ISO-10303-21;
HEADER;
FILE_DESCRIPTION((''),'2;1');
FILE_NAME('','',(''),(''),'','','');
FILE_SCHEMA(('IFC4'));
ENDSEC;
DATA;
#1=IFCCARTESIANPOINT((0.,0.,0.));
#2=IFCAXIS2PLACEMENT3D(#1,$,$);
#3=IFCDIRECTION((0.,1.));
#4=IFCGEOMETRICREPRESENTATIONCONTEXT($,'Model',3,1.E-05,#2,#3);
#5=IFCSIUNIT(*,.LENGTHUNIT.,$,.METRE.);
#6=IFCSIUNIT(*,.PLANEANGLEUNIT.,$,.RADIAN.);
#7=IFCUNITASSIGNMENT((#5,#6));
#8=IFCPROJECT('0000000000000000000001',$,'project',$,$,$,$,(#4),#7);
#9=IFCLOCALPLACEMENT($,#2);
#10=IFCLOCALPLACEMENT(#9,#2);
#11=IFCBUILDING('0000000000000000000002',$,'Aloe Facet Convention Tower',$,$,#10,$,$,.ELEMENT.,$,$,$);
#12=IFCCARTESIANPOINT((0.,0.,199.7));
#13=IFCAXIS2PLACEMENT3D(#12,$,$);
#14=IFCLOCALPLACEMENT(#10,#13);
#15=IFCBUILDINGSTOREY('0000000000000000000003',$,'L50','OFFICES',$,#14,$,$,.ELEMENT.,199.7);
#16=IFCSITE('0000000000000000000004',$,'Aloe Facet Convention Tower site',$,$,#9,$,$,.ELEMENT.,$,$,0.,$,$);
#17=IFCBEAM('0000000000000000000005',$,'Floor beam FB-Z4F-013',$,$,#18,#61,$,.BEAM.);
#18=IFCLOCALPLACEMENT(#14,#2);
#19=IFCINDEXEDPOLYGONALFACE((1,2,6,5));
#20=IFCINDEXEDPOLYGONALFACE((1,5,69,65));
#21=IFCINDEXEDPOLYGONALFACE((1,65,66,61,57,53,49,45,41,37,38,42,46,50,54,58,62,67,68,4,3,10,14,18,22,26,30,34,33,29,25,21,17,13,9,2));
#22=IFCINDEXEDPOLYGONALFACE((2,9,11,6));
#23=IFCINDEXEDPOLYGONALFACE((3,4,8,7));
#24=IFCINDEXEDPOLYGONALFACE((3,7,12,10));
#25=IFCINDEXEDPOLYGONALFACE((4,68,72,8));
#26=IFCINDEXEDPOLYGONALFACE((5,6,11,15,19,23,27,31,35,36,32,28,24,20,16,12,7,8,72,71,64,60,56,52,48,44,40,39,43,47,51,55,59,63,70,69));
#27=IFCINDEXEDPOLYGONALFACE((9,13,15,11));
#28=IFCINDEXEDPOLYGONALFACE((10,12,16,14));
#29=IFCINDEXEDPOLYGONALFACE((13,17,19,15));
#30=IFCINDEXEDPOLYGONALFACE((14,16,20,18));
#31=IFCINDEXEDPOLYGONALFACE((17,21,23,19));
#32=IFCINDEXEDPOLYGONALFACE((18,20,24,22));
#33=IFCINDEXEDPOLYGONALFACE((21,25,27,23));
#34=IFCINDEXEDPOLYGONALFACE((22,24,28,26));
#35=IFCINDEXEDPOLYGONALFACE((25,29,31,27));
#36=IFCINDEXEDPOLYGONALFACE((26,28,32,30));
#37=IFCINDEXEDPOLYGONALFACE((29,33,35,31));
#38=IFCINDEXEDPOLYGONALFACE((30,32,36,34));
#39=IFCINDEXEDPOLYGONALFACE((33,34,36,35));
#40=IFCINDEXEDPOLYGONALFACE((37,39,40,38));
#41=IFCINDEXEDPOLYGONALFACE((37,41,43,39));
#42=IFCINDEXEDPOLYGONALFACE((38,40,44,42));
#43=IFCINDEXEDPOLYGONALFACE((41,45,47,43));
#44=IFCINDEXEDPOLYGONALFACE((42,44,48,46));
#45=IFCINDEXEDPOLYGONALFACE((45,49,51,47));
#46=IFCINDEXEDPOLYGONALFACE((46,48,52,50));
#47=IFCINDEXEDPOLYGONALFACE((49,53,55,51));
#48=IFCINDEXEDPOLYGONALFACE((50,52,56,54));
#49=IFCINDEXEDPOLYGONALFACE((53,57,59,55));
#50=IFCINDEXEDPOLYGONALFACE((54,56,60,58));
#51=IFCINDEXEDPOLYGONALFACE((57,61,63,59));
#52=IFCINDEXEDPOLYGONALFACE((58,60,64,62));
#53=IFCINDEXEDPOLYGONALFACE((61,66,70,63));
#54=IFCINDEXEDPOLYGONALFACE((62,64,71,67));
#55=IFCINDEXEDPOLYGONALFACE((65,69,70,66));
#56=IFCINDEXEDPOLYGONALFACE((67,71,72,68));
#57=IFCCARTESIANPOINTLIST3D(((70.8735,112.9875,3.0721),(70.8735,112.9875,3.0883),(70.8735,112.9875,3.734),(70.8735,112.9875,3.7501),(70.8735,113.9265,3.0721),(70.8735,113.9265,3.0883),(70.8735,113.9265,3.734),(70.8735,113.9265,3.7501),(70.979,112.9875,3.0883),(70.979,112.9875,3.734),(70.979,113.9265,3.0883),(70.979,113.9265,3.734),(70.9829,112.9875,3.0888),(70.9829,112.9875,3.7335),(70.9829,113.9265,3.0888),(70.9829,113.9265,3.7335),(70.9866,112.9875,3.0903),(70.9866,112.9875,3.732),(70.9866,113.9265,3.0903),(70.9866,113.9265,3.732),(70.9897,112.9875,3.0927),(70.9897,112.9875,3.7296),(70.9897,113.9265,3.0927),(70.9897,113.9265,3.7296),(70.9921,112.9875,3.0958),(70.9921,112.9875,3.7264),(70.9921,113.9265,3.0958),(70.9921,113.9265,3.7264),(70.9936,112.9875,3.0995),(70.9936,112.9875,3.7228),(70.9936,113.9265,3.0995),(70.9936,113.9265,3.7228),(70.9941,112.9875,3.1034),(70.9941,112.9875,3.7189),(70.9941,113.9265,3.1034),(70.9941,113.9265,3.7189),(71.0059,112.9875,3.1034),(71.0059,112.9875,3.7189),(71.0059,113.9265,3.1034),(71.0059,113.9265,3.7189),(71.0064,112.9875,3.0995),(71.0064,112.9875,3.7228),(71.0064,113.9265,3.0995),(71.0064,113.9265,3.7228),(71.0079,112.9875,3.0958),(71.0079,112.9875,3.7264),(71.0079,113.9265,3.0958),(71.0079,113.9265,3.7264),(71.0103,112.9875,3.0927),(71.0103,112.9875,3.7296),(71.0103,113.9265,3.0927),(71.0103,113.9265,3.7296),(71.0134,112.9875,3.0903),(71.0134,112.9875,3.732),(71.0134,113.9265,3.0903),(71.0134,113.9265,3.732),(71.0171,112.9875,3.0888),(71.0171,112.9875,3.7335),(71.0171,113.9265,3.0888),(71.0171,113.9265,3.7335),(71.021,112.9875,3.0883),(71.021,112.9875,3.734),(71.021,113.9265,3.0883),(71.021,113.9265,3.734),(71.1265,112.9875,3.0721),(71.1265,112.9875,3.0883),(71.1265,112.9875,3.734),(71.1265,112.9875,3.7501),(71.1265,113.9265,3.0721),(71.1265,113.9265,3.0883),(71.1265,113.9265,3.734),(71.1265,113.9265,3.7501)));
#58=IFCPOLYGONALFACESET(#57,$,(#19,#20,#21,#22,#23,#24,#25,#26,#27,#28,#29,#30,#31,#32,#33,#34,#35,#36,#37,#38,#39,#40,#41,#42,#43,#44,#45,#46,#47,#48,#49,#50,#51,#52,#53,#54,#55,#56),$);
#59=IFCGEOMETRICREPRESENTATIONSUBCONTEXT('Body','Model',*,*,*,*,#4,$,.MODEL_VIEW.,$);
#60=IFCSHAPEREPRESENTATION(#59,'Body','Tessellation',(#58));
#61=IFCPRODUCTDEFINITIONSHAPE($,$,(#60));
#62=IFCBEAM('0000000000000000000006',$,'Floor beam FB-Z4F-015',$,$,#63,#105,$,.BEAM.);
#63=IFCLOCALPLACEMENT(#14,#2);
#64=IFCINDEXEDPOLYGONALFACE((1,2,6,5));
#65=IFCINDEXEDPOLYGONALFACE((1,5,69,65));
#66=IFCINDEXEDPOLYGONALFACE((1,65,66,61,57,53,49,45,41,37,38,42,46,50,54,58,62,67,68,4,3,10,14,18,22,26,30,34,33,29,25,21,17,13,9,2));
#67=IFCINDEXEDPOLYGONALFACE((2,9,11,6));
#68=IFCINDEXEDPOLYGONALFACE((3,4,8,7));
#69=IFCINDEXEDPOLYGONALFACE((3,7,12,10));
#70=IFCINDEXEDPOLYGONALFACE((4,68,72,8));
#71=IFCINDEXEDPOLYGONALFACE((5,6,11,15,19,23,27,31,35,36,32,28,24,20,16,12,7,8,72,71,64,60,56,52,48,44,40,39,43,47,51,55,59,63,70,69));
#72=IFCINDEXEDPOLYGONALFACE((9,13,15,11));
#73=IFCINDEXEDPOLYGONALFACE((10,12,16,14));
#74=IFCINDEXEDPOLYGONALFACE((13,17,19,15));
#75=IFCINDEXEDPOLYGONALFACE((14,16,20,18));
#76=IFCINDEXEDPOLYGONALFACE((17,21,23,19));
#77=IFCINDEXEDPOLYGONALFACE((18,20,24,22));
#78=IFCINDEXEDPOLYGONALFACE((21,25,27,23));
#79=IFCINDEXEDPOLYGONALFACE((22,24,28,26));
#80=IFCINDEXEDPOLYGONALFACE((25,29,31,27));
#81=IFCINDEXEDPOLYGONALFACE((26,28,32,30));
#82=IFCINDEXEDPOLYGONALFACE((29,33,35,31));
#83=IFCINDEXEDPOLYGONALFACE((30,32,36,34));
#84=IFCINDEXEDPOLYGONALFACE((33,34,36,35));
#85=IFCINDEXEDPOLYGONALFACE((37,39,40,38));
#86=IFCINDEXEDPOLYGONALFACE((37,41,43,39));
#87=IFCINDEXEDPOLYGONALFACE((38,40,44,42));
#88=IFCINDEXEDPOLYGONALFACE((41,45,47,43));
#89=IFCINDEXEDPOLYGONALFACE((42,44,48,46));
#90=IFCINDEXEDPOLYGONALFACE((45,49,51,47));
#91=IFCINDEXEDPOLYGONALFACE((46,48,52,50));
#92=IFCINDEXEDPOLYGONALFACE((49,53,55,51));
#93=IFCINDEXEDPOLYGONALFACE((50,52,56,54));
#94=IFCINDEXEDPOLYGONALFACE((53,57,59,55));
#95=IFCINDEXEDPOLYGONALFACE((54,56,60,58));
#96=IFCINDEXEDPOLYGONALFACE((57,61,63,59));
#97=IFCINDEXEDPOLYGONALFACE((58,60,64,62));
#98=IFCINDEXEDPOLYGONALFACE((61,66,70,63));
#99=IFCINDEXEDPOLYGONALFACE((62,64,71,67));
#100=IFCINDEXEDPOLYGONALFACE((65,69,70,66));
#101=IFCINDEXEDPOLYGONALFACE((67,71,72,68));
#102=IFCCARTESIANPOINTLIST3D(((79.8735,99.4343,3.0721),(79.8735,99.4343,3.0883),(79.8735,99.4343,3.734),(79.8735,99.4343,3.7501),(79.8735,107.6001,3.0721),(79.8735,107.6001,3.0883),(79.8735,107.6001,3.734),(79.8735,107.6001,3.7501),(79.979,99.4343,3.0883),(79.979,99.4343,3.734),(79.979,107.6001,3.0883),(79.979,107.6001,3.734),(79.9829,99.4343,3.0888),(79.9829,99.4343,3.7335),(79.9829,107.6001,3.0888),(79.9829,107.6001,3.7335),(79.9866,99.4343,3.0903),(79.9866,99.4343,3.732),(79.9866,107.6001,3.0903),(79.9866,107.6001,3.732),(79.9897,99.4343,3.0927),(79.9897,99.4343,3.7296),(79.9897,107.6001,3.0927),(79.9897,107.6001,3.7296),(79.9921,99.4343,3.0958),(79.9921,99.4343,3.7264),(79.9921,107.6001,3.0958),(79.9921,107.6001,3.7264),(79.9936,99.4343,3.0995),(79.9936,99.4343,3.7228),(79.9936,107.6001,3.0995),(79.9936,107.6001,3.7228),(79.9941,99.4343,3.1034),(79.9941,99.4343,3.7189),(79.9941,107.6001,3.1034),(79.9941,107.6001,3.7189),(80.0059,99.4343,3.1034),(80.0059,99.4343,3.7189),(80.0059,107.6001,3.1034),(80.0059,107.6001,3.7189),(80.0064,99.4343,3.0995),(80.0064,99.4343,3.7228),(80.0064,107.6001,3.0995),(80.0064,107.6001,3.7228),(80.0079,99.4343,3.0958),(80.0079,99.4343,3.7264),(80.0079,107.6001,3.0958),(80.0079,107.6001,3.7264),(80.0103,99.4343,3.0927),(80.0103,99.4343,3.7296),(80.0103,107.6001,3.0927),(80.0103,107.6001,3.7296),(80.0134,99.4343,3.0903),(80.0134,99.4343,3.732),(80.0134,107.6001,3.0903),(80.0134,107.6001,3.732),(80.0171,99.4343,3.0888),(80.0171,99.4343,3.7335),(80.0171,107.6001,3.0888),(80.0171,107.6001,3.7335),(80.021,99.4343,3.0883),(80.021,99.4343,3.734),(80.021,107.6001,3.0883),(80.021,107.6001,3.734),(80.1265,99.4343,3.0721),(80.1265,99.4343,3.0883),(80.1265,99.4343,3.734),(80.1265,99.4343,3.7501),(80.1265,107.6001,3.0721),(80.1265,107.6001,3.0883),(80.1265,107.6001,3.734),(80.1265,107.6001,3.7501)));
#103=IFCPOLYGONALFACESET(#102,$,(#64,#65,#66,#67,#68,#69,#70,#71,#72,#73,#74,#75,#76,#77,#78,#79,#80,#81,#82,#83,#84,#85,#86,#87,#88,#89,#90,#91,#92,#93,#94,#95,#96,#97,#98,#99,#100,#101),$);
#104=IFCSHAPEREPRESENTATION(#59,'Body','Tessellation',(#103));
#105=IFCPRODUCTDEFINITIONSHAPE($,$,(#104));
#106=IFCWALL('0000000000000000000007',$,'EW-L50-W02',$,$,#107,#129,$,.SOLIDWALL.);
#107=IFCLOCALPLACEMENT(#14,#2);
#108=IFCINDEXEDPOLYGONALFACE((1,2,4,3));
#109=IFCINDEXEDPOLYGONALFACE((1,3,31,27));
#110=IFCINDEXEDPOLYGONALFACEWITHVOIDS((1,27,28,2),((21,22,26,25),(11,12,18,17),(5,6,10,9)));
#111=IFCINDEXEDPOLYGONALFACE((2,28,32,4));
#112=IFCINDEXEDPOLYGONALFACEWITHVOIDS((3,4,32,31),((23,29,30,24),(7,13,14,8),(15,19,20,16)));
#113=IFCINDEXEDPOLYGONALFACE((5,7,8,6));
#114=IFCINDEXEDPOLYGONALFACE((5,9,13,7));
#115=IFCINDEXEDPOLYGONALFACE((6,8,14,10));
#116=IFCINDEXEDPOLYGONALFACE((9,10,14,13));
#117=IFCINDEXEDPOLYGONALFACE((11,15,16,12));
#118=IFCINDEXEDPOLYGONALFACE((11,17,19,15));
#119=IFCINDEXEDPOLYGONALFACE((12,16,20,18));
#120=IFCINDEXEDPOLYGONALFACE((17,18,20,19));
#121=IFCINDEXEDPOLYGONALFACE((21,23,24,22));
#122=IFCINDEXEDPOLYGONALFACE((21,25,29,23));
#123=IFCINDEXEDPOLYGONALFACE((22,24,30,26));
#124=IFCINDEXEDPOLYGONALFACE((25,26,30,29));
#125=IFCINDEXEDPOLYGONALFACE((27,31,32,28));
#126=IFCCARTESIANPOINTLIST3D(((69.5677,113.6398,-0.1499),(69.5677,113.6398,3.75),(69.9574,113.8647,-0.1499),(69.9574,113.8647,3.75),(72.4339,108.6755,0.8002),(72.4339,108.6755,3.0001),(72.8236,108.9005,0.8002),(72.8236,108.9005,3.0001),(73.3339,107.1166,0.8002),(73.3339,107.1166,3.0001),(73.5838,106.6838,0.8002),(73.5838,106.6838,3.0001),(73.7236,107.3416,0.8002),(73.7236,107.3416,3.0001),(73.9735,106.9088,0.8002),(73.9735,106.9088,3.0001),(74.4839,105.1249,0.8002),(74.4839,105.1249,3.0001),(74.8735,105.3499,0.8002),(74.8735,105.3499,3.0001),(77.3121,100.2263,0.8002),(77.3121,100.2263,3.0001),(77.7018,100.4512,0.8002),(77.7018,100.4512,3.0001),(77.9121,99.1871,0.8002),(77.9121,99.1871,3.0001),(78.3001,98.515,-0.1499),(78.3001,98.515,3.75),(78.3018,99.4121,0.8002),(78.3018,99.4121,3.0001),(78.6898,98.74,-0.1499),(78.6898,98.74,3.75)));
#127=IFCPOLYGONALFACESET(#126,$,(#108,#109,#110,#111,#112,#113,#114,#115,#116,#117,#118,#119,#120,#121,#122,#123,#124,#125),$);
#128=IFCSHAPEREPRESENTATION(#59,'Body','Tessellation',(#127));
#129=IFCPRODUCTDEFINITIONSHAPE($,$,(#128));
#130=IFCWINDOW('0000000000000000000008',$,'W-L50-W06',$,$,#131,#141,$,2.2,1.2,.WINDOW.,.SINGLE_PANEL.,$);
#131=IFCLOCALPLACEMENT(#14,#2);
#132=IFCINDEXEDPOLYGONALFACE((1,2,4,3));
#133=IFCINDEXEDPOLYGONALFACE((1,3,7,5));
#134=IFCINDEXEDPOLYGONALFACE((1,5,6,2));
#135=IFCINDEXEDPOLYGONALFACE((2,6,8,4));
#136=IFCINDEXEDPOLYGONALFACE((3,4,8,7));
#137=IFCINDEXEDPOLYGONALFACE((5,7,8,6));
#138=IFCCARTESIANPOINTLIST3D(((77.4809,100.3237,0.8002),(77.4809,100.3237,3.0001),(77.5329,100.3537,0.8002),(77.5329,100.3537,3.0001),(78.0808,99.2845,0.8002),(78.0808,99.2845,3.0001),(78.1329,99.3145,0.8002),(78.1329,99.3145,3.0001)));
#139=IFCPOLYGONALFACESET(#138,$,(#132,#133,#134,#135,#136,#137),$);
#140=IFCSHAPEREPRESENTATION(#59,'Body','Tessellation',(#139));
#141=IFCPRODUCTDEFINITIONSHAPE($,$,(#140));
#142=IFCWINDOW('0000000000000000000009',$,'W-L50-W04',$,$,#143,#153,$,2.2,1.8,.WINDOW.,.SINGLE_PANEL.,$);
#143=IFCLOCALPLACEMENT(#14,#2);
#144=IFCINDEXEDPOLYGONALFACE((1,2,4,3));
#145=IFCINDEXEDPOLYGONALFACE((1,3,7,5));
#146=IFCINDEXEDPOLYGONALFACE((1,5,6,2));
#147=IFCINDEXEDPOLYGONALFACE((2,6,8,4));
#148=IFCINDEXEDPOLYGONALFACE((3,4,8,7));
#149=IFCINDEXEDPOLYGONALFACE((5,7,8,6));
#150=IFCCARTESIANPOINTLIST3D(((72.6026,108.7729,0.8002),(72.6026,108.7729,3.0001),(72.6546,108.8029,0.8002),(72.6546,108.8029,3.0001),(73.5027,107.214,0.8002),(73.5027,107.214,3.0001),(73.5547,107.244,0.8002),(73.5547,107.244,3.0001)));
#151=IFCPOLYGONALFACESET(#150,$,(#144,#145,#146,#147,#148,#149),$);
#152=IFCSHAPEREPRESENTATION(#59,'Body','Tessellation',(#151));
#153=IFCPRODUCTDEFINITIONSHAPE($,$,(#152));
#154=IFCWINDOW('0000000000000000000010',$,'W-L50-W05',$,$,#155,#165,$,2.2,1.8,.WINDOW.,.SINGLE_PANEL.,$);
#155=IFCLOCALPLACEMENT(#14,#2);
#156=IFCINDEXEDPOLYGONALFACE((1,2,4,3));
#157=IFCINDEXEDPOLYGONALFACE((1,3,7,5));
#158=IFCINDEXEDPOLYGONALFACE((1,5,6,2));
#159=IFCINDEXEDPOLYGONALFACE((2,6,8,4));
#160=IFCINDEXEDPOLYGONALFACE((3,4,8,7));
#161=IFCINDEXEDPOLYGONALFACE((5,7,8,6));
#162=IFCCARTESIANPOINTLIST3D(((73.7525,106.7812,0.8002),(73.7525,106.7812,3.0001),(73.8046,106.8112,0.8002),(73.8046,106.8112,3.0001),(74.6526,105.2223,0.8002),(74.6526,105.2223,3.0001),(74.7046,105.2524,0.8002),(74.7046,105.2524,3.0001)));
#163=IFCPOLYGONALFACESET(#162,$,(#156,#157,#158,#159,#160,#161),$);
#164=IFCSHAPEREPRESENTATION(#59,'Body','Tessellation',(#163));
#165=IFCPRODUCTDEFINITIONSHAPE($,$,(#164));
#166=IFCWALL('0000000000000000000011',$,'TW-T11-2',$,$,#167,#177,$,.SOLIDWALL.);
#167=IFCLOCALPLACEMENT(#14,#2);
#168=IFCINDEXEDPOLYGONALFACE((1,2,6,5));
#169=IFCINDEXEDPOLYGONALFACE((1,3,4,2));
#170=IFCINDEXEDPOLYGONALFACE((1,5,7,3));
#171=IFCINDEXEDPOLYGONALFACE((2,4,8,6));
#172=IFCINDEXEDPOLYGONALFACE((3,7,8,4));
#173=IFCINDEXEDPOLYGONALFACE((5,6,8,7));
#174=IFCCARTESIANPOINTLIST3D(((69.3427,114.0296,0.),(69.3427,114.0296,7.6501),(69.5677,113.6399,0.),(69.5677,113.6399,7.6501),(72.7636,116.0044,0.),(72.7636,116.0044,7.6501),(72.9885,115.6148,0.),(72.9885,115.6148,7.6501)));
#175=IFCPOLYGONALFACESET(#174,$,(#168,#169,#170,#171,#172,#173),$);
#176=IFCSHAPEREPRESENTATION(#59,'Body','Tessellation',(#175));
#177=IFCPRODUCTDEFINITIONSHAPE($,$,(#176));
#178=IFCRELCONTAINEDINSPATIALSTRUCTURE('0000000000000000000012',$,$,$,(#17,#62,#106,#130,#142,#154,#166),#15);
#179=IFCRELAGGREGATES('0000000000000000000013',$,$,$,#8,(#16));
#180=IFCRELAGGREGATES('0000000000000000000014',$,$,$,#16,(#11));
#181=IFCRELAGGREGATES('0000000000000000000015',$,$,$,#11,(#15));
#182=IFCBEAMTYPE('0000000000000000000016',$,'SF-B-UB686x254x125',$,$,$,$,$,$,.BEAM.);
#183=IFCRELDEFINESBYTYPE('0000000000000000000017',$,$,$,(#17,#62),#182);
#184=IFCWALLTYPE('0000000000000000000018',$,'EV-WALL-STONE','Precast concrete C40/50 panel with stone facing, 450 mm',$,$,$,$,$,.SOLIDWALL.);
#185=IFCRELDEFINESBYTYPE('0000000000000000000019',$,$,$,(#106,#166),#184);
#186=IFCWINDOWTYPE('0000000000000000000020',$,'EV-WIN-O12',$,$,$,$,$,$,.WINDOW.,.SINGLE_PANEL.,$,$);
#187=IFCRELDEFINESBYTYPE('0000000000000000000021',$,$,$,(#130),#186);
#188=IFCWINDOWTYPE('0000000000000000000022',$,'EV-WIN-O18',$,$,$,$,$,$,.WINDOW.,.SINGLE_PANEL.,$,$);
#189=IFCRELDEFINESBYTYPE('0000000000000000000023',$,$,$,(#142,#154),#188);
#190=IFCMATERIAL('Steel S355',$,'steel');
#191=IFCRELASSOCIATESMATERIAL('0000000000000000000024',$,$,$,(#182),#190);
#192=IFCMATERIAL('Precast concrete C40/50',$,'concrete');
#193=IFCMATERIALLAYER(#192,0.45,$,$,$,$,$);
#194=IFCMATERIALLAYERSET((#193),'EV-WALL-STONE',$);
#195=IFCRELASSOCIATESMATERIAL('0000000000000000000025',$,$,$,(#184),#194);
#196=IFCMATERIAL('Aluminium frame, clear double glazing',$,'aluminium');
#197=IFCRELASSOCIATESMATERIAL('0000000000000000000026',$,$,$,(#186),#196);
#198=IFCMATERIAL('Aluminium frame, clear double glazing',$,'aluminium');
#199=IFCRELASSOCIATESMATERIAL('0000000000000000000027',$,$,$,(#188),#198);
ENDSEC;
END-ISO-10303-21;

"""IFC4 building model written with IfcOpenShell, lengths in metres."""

from ifc_helpers import new_model, si_unit, direction, frame, frame_2d, origin, origin_2d, place, context, subcontext, project, spatial, polyline, rectangle, i_section, outline, extrude, material, layer, layer_set, material_profile, profile_set, type_object, element, fill, save


model = new_model("IFC4")

# Units and contexts
model_context = context("Model", 3, precision=1e-05, world=origin(), true_north=direction((0.0, 1.0)))
body_context = subcontext(model_context, "Body", "Model", "MODEL_VIEW")
ifc_project = project(units=[si_unit("LENGTHUNIT", "METRE"), si_unit("PLANEANGLEUNIT", "RADIAN")], contexts=[model_context])

# Site, building, storey
site_placement = place(None, origin())
site = spatial("IfcSite", under=ifc_project, at=site_placement, Name="Aloe Facet Convention Tower site", CompositionType="ELEMENT", RefElevation=0.0)
building_placement = place(site_placement, origin())
building = spatial("IfcBuilding", under=site, at=building_placement, Name="Aloe Facet Convention Tower", CompositionType="ELEMENT")
storey_placement = place(building_placement, frame((0.0, 0.0, 199.7)))
storey = spatial("IfcBuildingStorey", under=building, at=storey_placement, Name="L50", Description="OFFICES", CompositionType="ELEMENT", Elevation=199.7)

# Beams
ifc_material_1 = material(Name="Steel S355", Category="steel")
ifc_material_profile_1 = material_profile(ifc_material_1, i_section(OverallWidth=0.2529, OverallDepth=0.678, WebThickness=0.0117, FlangeThickness=0.0161, FilletRadius=0.0151, at=origin_2d()), Name="UB 686x254x125")
ifc_profile_set_1 = profile_set([ifc_material_profile_1], Name="Steel S355")
beam_type_1 = type_object("IfcBeamType", Name="SF-B-UB686x254x125", PredefinedType="BEAM", material=ifc_profile_set_1)
beam_1_placement = place(storey_placement, frame((71.0, 113.9265, 3.4111), z_axis=(0.0, -1.0, 0.0), x_axis=(1.0, 0.0, 0.0)))
element("IfcBeam", 1, at=beam_1_placement, inside=storey, type_object=beam_type_1, Name="Floor beam FB-Z4F-013", PredefinedType="BEAM", context=body_context, shape_type="SweptSolid", body=[
    extrude(i_section(OverallWidth=0.2529, OverallDepth=0.678, WebThickness=0.0117, FlangeThickness=0.0161, FilletRadius=0.0151, at=origin_2d()), origin(), (0.0, 0.0, 1.0), 0.939),
])
beam_2_placement = place(storey_placement, frame((80.0, 107.6001, 3.4111), z_axis=(0.0, -1.0, 0.0), x_axis=(1.0, 0.0, 0.0)))
element("IfcBeam", 2, at=beam_2_placement, inside=storey, type_object=beam_type_1, Name="Floor beam FB-Z4F-015", PredefinedType="BEAM", context=body_context, shape_type="SweptSolid", body=[
    extrude(i_section(OverallWidth=0.2529, OverallDepth=0.678, WebThickness=0.0117, FlangeThickness=0.0161, FilletRadius=0.0151, at=origin_2d()), origin(), (0.0, 0.0, 1.0), 8.1658),
])

# Wall, openings, windows
ifc_material_2 = material(Name="Precast concrete C40/50", Category="concrete")
ifc_layer_1 = layer(ifc_material_2, 0.45)
ifc_layer_set_1 = layer_set([ifc_layer_1], Name="EV-WALL-STONE")
wall_type_1 = type_object("IfcWallType", Name="EV-WALL-STONE", Description="Precast concrete C40/50 panel with stone facing, 450 mm", PredefinedType="SOLIDWALL", material=ifc_layer_set_1)
wall_1_placement = place(storey_placement, frame((69.7625, 113.7522, -0.1499), z_axis=(0.0, 0.0, 1.0), x_axis=(0.500006, -0.866022, 0.0)))
wall_1 = element("IfcWall", 3, at=wall_1_placement, inside=storey, type_object=wall_type_1, Name="EW-L50-W02", PredefinedType="SOLIDWALL", context=body_context, shape_type="SweptSolid", body=[
    extrude(outline(polyline([(17.4646, 3.8999), (17.4646, 0.0), (0.0, 0.0), (0.0, 3.8999), (17.4646, 3.8999)])), frame((0.0, 0.2251, 0.0), z_axis=(0.0, -1.0, 0.0), x_axis=(1.0, 0.0, 0.0)), (0.0, 0.0, 1.0), 0.45),
])
opening_1_placement = place(wall_1_placement, frame((5.7324, 0.0, 0.95)))
opening_1 = element("IfcOpeningElement", 4, at=opening_1_placement, cuts=wall_1, PredefinedType="OPENING", context=body_context, shape_type="SweptSolid", body=[
    extrude(rectangle(XDim=1.8, YDim=2.2, at=frame_2d((0.8999, 1.1001))), frame((0.0, 0.2349, 0.0), z_axis=(0.0, -1.0, 0.0), x_axis=(1.0, 0.0, 0.0)), (0.0, 0.0, 1.0), 0.47),
])
opening_2_placement = place(wall_1_placement, frame((8.0322, 0.0, 0.95)))
opening_2 = element("IfcOpeningElement", 5, at=opening_2_placement, cuts=wall_1, PredefinedType="OPENING", context=body_context, shape_type="SweptSolid", body=[
    extrude(rectangle(XDim=1.8, YDim=2.2, at=frame_2d((0.8999, 1.1001))), frame((0.0, 0.2349, 0.0), z_axis=(0.0, -1.0, 0.0), x_axis=(1.0, 0.0, 0.0)), (0.0, 0.0, 1.0), 0.47),
])
opening_3_placement = place(wall_1_placement, frame((15.4885, 0.0, 0.95)))
opening_3 = element("IfcOpeningElement", 6, at=opening_3_placement, cuts=wall_1, PredefinedType="OPENING", context=body_context, shape_type="SweptSolid", body=[
    extrude(rectangle(XDim=1.2, YDim=2.2, at=frame_2d((0.6001, 1.1001))), frame((0.0, 0.2349, 0.0), z_axis=(0.0, -1.0, 0.0), x_axis=(1.0, 0.0, 0.0)), (0.0, 0.0, 1.0), 0.47),
])
ifc_material_3 = material(Name="Aluminium frame, clear double glazing", Category="aluminium")
window_type_1 = type_object("IfcWindowType", Name="EV-WIN-O12", PartitioningType="SINGLE_PANEL", PredefinedType="WINDOW", material=ifc_material_3)
window_1_placement = place(opening_3_placement, origin())
window_1 = element("IfcWindow", 7, at=window_1_placement, inside=storey, type_object=window_type_1, Name="W-L50-W06", OverallHeight=2.2, OverallWidth=1.2, PartitioningType="SINGLE_PANEL", PredefinedType="WINDOW", context=body_context, shape_type="SweptSolid", body=[
    extrude(rectangle(XDim=1.2, YDim=2.2, at=frame_2d((0.6001, 1.1001))), frame((0.0, 0.03, 0.0), z_axis=(0.0, -1.0, 0.0), x_axis=(1.0, 0.0, 0.0)), (0.0, 0.0, 1.0), 0.0601),
])
fill(opening_3, window_1)
ifc_material_4 = material(Name="Aluminium frame, clear double glazing", Category="aluminium")
window_type_2 = type_object("IfcWindowType", Name="EV-WIN-O18", PartitioningType="SINGLE_PANEL", PredefinedType="WINDOW", material=ifc_material_4)
window_2_placement = place(opening_1_placement, origin())
window_2 = element("IfcWindow", 8, at=window_2_placement, inside=storey, type_object=window_type_2, Name="W-L50-W04", OverallHeight=2.2, OverallWidth=1.8, PartitioningType="SINGLE_PANEL", PredefinedType="WINDOW", context=body_context, shape_type="SweptSolid", body=[
    extrude(rectangle(XDim=1.8, YDim=2.2, at=frame_2d((0.8999, 1.1001))), frame((0.0, 0.03, 0.0), z_axis=(0.0, -1.0, 0.0), x_axis=(1.0, 0.0, 0.0)), (0.0, 0.0, 1.0), 0.0601),
])
fill(opening_1, window_2)
window_3_placement = place(opening_2_placement, origin())
window_3 = element("IfcWindow", 9, at=window_3_placement, inside=storey, type_object=window_type_2, Name="W-L50-W05", OverallHeight=2.2, OverallWidth=1.8, PartitioningType="SINGLE_PANEL", PredefinedType="WINDOW", context=body_context, shape_type="SweptSolid", body=[
    extrude(rectangle(XDim=1.8, YDim=2.2, at=frame_2d((0.8999, 1.1001))), frame((0.0, 0.03, 0.0), z_axis=(0.0, -1.0, 0.0), x_axis=(1.0, 0.0, 0.0)), (0.0, 0.0, 1.0), 0.0601),
])
fill(opening_2, window_3)

# Wall
wall_2_placement = place(storey_placement, frame((69.4551, 113.8347, 0.0), z_axis=(0.0, 0.0, 1.0), x_axis=(0.866048, 0.499961, 0.0)))
element("IfcWall", 10, at=wall_2_placement, inside=storey, type_object=wall_type_1, Name="TW-T11-2", PredefinedType="SOLIDWALL", context=body_context, shape_type="SweptSolid", body=[
    extrude(rectangle(XDim=3.95, YDim=0.45, at=frame_2d((1.9751, 0.0))), origin(), (0.0, 0.0, 1.0), 7.6501),
])

save(model, "model.ifc")
